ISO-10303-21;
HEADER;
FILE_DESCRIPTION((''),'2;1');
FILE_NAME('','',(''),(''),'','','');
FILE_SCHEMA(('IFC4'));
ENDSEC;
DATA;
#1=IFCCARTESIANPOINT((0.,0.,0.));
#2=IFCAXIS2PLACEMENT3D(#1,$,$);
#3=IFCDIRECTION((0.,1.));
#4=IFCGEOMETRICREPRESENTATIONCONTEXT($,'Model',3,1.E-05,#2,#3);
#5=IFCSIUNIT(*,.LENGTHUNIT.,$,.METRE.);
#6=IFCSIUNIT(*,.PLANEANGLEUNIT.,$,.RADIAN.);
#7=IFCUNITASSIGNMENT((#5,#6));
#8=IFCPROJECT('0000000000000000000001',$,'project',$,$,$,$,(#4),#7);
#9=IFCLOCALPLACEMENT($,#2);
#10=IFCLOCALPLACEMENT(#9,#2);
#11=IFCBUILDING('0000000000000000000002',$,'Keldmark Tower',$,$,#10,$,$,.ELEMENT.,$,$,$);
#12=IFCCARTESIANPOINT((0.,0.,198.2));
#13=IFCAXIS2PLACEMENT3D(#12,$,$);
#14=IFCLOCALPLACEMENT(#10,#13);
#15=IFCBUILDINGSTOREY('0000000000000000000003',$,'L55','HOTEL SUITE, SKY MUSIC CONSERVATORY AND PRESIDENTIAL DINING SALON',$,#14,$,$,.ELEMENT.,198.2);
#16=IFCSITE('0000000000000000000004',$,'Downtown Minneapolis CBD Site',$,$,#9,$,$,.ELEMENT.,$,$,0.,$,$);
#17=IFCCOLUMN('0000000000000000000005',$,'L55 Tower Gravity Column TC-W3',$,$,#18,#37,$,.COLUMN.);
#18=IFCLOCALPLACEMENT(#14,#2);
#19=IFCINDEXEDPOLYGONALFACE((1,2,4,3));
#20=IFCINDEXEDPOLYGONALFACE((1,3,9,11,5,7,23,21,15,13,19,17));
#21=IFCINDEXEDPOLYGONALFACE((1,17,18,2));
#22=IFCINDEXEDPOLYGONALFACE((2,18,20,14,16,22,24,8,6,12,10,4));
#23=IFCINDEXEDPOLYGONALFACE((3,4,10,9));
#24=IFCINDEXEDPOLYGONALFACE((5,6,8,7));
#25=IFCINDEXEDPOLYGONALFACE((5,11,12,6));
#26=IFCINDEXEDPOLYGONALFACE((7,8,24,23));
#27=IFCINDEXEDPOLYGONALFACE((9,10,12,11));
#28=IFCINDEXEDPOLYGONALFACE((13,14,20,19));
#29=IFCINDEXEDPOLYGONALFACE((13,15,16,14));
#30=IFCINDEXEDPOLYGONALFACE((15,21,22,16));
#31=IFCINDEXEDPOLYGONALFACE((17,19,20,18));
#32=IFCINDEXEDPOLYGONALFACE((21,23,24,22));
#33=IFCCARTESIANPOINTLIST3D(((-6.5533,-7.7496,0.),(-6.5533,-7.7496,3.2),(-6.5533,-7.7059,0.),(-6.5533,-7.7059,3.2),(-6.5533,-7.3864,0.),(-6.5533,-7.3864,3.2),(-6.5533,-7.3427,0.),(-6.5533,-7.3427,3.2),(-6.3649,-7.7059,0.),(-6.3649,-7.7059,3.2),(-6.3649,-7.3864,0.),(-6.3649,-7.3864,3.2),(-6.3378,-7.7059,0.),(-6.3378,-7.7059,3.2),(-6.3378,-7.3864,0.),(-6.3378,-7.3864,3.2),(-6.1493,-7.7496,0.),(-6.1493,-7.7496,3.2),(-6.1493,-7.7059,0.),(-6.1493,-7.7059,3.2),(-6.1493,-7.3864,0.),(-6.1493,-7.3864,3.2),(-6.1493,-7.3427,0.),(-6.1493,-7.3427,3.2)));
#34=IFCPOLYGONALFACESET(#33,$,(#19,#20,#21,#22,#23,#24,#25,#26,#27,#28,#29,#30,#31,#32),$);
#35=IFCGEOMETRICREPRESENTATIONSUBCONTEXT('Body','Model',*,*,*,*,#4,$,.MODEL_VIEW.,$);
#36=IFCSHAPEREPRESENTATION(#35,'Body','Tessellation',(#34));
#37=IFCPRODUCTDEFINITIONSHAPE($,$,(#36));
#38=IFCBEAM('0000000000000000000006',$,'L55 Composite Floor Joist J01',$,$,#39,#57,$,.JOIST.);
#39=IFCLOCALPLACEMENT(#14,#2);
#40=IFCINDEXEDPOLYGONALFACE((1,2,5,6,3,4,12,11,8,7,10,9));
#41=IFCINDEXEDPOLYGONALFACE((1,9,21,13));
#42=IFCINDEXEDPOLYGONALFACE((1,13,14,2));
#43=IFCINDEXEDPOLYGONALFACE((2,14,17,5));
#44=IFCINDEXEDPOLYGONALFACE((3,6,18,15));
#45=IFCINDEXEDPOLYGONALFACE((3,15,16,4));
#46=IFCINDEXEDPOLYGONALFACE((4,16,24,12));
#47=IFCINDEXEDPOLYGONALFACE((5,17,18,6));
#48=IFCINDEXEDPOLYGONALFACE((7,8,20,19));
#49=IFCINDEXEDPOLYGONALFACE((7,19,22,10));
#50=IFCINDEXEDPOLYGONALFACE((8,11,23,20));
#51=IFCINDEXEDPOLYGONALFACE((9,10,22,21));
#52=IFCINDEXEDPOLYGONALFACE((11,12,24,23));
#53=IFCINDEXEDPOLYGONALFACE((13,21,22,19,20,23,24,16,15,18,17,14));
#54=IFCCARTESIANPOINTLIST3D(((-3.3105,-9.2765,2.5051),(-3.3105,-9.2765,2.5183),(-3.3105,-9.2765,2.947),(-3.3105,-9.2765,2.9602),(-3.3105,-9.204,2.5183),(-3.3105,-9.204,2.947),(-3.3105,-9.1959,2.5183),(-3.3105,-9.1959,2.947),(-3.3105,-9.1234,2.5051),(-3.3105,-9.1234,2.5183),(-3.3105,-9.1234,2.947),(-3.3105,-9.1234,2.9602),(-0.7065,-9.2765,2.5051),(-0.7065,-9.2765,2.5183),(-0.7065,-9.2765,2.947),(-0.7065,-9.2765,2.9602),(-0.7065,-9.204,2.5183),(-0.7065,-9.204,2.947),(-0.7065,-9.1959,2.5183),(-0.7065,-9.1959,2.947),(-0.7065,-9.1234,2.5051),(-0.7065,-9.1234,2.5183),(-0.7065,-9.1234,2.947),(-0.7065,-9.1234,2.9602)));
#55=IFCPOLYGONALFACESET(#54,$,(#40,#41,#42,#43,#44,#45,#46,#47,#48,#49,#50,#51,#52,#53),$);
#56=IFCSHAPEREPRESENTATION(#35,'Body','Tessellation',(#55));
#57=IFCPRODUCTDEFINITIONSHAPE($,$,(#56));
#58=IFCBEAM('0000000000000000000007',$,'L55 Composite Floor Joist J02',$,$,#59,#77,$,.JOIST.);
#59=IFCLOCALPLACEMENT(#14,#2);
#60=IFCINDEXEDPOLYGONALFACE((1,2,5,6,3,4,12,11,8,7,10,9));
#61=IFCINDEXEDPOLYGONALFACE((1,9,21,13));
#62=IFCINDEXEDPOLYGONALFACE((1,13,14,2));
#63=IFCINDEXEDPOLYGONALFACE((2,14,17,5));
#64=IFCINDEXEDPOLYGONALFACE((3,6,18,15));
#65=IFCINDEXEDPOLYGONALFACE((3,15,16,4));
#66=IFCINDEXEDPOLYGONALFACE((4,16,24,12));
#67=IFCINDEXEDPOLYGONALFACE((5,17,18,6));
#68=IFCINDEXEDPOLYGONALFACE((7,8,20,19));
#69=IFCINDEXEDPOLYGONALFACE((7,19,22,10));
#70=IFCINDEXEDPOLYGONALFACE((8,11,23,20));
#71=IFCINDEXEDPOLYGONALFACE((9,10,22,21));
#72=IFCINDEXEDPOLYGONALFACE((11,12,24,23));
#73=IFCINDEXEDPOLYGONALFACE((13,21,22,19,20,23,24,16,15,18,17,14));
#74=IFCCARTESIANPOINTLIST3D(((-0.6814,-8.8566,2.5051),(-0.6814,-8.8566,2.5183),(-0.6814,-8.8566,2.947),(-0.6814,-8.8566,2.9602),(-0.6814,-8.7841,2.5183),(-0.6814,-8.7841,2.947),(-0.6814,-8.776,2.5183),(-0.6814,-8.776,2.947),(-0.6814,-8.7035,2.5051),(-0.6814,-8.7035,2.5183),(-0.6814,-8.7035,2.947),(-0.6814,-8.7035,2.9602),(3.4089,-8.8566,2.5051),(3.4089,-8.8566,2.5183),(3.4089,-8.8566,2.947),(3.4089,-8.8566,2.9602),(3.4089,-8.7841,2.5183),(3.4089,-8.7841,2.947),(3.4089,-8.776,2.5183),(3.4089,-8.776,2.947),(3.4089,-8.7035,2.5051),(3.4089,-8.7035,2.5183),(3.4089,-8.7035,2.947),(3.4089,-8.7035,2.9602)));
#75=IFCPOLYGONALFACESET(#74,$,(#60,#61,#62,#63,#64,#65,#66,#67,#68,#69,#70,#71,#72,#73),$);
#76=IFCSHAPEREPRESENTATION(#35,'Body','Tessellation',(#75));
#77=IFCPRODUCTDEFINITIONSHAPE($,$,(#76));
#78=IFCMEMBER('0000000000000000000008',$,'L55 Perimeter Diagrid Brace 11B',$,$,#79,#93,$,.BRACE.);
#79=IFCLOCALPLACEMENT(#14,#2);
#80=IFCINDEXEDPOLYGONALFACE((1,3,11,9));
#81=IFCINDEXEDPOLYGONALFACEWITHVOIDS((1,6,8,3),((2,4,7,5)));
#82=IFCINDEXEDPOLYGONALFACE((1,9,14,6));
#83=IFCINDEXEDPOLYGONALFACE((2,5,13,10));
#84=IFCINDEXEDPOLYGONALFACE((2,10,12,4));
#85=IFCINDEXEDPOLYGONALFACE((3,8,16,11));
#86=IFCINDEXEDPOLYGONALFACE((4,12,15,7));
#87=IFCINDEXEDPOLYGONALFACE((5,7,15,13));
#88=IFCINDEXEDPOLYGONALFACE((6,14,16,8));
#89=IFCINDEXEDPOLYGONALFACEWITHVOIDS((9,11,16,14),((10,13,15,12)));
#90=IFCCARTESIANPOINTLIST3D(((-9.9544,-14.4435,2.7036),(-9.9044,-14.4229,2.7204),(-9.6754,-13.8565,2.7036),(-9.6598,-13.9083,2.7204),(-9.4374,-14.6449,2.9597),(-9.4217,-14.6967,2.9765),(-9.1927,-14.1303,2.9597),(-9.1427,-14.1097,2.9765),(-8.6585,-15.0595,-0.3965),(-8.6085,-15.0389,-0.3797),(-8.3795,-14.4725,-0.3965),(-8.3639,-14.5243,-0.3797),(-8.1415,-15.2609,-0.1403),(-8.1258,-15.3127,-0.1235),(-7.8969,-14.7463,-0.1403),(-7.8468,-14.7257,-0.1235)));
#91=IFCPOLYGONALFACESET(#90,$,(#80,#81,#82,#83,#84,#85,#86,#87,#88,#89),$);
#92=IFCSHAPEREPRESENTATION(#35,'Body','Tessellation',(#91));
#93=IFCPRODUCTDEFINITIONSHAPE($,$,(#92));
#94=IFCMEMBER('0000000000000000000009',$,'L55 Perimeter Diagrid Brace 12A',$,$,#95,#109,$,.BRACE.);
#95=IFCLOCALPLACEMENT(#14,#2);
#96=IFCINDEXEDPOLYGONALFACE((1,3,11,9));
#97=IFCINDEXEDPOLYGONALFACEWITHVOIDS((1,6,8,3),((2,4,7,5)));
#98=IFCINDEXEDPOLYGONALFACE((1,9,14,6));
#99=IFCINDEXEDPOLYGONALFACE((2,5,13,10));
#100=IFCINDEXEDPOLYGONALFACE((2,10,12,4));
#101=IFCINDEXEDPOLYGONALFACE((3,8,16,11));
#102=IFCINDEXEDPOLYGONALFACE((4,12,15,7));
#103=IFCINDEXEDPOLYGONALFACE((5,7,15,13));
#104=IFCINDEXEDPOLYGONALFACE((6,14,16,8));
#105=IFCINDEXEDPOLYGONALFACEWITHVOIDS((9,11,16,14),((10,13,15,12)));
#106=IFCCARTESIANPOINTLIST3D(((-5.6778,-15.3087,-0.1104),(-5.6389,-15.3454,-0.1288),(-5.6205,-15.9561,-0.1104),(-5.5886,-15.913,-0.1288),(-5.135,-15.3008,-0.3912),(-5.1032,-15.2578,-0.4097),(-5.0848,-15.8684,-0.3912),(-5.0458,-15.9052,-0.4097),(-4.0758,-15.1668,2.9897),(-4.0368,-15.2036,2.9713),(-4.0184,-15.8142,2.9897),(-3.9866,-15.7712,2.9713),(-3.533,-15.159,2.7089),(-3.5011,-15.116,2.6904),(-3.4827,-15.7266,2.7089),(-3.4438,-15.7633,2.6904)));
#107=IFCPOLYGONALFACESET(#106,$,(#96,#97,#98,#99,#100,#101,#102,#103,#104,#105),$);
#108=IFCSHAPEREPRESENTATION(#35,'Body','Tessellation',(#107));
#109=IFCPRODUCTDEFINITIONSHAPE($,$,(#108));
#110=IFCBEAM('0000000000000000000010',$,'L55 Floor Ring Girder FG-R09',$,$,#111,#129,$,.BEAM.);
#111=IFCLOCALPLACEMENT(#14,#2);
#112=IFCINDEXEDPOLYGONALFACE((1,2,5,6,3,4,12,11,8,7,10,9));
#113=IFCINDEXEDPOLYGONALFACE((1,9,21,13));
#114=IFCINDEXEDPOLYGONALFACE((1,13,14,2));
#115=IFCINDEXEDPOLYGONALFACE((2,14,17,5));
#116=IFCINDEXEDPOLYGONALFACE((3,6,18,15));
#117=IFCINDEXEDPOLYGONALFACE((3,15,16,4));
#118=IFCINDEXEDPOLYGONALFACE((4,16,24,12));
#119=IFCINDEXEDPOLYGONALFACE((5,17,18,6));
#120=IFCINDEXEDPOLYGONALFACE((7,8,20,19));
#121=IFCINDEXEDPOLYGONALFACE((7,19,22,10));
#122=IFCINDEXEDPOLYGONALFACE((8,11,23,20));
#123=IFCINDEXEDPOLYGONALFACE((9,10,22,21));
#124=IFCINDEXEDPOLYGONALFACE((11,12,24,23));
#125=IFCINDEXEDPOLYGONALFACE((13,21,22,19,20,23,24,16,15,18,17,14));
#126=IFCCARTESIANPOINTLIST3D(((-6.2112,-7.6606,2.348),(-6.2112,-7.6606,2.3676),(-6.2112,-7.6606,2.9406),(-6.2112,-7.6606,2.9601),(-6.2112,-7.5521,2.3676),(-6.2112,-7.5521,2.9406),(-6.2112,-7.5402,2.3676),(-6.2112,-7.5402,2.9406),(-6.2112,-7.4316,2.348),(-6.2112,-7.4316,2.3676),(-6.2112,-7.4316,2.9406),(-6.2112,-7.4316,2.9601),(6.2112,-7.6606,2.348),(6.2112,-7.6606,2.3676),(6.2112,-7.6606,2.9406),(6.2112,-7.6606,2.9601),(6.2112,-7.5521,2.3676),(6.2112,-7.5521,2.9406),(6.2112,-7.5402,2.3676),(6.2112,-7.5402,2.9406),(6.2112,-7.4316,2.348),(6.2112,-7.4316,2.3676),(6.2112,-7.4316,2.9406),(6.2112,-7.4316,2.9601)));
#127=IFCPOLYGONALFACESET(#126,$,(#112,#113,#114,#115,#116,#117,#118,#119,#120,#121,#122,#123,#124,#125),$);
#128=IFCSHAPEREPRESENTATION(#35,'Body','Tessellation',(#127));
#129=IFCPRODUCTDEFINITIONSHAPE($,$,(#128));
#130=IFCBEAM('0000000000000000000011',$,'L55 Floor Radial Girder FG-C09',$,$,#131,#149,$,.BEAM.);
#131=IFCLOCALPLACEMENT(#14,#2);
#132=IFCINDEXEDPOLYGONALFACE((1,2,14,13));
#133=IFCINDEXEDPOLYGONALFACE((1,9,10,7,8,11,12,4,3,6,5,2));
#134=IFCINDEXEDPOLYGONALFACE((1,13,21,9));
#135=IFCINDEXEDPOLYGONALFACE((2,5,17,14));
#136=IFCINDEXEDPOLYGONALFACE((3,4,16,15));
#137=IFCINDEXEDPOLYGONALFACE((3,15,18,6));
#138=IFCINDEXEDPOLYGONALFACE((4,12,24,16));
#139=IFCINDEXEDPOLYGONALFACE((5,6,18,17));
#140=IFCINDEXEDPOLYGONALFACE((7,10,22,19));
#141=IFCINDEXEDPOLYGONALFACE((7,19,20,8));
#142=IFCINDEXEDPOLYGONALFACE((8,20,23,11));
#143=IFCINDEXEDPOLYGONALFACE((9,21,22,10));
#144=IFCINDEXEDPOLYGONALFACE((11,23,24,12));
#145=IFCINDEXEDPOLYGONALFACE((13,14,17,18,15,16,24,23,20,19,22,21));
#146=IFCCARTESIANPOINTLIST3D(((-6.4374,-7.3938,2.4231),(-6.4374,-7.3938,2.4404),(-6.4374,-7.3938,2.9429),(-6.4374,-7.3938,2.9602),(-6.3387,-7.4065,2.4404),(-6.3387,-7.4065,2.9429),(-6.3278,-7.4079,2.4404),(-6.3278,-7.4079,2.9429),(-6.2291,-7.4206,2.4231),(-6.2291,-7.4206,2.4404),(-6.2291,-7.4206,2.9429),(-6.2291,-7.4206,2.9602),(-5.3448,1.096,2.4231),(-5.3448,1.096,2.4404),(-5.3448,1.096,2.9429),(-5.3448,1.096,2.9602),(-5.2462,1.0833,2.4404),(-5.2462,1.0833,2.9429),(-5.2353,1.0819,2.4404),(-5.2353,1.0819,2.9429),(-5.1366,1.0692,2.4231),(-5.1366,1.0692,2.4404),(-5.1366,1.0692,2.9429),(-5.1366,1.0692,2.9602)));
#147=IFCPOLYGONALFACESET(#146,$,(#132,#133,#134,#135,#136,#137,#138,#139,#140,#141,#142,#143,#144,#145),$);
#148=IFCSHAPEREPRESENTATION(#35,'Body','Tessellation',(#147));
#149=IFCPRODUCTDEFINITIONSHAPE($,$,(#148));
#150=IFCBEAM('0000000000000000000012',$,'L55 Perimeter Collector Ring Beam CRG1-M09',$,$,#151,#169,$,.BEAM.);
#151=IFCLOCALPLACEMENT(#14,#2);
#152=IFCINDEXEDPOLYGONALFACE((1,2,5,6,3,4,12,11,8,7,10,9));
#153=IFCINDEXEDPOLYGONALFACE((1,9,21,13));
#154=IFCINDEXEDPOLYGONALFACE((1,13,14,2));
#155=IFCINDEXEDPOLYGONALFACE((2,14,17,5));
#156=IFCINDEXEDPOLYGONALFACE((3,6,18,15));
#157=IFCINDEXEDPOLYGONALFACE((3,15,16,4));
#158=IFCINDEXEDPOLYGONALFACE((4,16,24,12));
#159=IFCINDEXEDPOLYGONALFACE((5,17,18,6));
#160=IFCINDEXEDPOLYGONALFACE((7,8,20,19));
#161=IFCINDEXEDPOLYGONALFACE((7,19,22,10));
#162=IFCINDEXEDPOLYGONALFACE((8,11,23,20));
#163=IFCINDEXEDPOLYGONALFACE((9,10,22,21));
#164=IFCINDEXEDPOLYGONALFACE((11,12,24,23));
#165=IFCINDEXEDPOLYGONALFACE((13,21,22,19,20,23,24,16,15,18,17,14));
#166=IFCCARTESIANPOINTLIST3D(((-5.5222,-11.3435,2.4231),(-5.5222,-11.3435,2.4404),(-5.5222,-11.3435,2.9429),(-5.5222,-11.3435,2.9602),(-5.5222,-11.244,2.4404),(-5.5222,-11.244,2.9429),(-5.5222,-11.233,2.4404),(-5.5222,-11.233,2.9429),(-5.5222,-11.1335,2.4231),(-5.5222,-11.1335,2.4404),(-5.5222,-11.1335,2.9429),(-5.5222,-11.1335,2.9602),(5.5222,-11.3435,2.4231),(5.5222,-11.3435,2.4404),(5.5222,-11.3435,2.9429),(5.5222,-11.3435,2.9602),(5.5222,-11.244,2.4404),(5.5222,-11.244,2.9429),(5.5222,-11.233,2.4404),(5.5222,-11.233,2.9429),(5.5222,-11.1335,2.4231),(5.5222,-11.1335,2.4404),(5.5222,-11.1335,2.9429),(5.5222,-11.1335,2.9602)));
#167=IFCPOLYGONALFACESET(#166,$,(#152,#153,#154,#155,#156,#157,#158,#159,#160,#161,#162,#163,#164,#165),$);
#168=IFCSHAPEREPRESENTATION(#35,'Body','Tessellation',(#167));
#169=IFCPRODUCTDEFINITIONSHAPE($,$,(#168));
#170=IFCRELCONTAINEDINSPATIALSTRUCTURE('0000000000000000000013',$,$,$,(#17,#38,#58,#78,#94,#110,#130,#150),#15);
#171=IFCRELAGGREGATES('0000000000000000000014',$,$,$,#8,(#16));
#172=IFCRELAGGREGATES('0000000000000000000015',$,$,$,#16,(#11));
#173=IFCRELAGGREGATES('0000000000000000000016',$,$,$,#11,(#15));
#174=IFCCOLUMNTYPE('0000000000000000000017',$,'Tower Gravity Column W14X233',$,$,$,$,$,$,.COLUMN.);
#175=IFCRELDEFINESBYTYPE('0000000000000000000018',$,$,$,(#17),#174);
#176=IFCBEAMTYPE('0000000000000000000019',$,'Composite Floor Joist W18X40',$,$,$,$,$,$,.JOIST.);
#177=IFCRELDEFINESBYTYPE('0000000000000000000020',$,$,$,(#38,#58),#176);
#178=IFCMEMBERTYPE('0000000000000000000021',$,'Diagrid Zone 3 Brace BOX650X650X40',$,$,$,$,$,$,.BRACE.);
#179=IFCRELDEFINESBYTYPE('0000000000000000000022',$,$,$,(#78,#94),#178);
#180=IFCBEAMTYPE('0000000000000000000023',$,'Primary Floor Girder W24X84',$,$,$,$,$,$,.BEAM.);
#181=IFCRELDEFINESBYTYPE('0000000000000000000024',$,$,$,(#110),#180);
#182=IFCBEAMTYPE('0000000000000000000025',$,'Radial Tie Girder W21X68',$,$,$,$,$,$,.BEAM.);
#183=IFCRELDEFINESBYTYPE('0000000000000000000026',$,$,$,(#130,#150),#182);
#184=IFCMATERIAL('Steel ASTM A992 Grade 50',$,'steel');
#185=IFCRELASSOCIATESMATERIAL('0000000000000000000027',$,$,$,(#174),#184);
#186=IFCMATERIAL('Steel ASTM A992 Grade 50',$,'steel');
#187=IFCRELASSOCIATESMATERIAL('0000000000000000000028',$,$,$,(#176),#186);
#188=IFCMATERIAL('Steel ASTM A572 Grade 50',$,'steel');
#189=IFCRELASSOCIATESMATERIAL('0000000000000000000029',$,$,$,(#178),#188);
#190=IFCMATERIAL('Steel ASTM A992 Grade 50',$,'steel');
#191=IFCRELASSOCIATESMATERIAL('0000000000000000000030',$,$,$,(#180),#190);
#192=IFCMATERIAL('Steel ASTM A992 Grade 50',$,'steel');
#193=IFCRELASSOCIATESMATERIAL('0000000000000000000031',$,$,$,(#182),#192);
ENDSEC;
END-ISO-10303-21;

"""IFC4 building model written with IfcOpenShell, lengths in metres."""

from ifc_helpers import new_model, si_unit, direction, frame, origin, origin_2d, place, context, subcontext, project, spatial, hollow_rectangle, i_section, extrude, material, material_profile, profile_set, type_object, element, save


model = new_model("IFC4")

# Units and contexts
model_context = context("Model", 3, precision=1e-05, world=origin(), true_north=direction((0.0, 1.0)))
body_context = subcontext(model_context, "Body", "Model", "MODEL_VIEW")
ifc_project = project(units=[si_unit("LENGTHUNIT", "METRE"), si_unit("PLANEANGLEUNIT", "RADIAN")], contexts=[model_context])

# Site, building, storey
site_placement = place(None, origin())
site = spatial("IfcSite", under=ifc_project, at=site_placement, Name="Downtown Minneapolis CBD Site", CompositionType="ELEMENT", RefElevation=0.0)
building_placement = place(site_placement, origin())
building = spatial("IfcBuilding", under=site, at=building_placement, Name="Keldmark Tower", CompositionType="ELEMENT")
storey_placement = place(building_placement, frame((0.0, 0.0, 198.2)))
storey = spatial("IfcBuildingStorey", under=building, at=storey_placement, Name="L55", Description="HOTEL SUITE, SKY MUSIC CONSERVATORY AND PRESIDENTIAL DINING SALON", CompositionType="ELEMENT", Elevation=198.2)

# Column
ifc_material_1 = material(Name="Steel ASTM A992 Grade 50", Category="steel")
ifc_material_profile_1 = material_profile(ifc_material_1, i_section(OverallWidth=0.4041, OverallDepth=0.407, WebThickness=0.0271, FlangeThickness=0.0437, at=origin_2d()), Name="W14X233")
ifc_profile_set_1 = profile_set([ifc_material_profile_1], Name="Steel ASTM A992 Grade 50")
column_type = type_object("IfcColumnType", Name="Tower Gravity Column W14X233", PredefinedType="COLUMN", material=ifc_profile_set_1)
column_placement = place(storey_placement, frame((-6.3513, -7.5461, 0.0), z_axis=(0.0, 0.0, 1.0), x_axis=(1.0, 0.0, 0.0)))
element("IfcColumn", 1, at=column_placement, inside=storey, type_object=column_type, Name="L55 Tower Gravity Column TC-W3", PredefinedType="COLUMN", context=body_context, shape_type="SweptSolid", body=[
    extrude(i_section(OverallWidth=0.4041, OverallDepth=0.407, WebThickness=0.0271, FlangeThickness=0.0437, at=origin_2d()), origin(), (0.0, 0.0, 1.0), 3.2),
])

# Beams
ifc_material_2 = material(Name="Steel ASTM A992 Grade 50", Category="steel")
ifc_material_profile_2 = material_profile(ifc_material_2, i_section(OverallWidth=0.1531, OverallDepth=0.4551, WebThickness=0.0081, FlangeThickness=0.0132, at=origin_2d()), Name="W18X40")
ifc_profile_set_2 = profile_set([ifc_material_profile_2], Name="Steel ASTM A992 Grade 50")
beam_type_1 = type_object("IfcBeamType", Name="Composite Floor Joist W18X40", PredefinedType="JOIST", material=ifc_profile_set_2)
beam_1_placement = place(storey_placement, frame((-3.3105, -9.2, 2.7327), z_axis=(1.0, 0.0, 0.0), x_axis=(0.0, 1.0, 0.0)))
element("IfcBeam", 2, at=beam_1_placement, inside=storey, type_object=beam_type_1, Name="L55 Composite Floor Joist J01", PredefinedType="JOIST", context=body_context, shape_type="SweptSolid", body=[
    extrude(i_section(OverallWidth=0.1531, OverallDepth=0.4551, WebThickness=0.0081, FlangeThickness=0.0132, at=origin_2d()), origin(), (0.0, 0.0, 1.0), 2.604),
])
beam_2_placement = place(storey_placement, frame((-0.6814, -8.78, 2.7327), z_axis=(1.0, 0.0, 0.0), x_axis=(0.0, 1.0, 0.0)))
element("IfcBeam", 3, at=beam_2_placement, inside=storey, type_object=beam_type_1, Name="L55 Composite Floor Joist J02", PredefinedType="JOIST", context=body_context, shape_type="SweptSolid", body=[
    extrude(i_section(OverallWidth=0.1531, OverallDepth=0.4551, WebThickness=0.0081, FlangeThickness=0.0132, at=origin_2d()), origin(), (0.0, 0.0, 1.0), 4.0903),
])

# Members
ifc_material_3 = material(Name="Steel ASTM A572 Grade 50", Category="steel")
ifc_material_profile_3 = material_profile(ifc_material_3, hollow_rectangle(XDim=0.6499, YDim=0.6499, WallThickness=0.04, at=origin_2d()), Name="BOX650X650X40")
ifc_profile_set_3 = profile_set([ifc_material_profile_3], Name="Steel ASTM A572 Grade 50")
member_type = type_object("IfcMemberType", Name="Diagrid Zone 3 Brace BOX650X650X40", PredefinedType="BRACE", material=ifc_profile_set_3)
member_1_placement = place(storey_placement, frame((-8.2527, -14.8926, -0.26), z_axis=(-0.379356, 0.180316, 0.90751), x_axis=(-0.429293, -0.903165, 0.0)))
element("IfcMember", 4, at=member_1_placement, inside=storey, type_object=member_type, Name="L55 Perimeter Diagrid Brace 11B", PredefinedType="BRACE", context=body_context, shape_type="SweptSolid", body=[
    extrude(hollow_rectangle(XDim=0.6499, YDim=0.6499, WallThickness=0.04, at=origin_2d()), origin(), (0.0, 0.0, 1.0), 3.416),
])
member_2_placement = place(storey_placement, frame((-5.3618, -15.6069, -0.26), z_axis=(0.458717, 0.040615, 0.887654), x_axis=(-0.088195, 0.996103, 0.0)))
element("IfcMember", 5, at=member_2_placement, inside=storey, type_object=member_type, Name="L55 Perimeter Diagrid Brace 12A", PredefinedType="BRACE", context=body_context, shape_type="SweptSolid", body=[
    extrude(hollow_rectangle(XDim=0.6499, YDim=0.6499, WallThickness=0.04, at=origin_2d()), origin(), (0.0, 0.0, 1.0), 3.4924),
])

# Beams
ifc_material_4 = material(Name="Steel ASTM A992 Grade 50", Category="steel")
ifc_material_profile_4 = material_profile(ifc_material_4, i_section(OverallWidth=0.229, OverallDepth=0.6121, WebThickness=0.012, FlangeThickness=0.0195, at=origin_2d()), Name="W24X84")
ifc_profile_set_4 = profile_set([ifc_material_profile_4], Name="Steel ASTM A992 Grade 50")
beam_type_2 = type_object("IfcBeamType", Name="Primary Floor Girder W24X84", PredefinedType="BEAM", material=ifc_profile_set_4)
beam_3_placement = place(storey_placement, frame((-6.2112, -7.5461, 2.6541), z_axis=(1.0, 0.0, 0.0), x_axis=(0.0, 1.0, 0.0)))
element("IfcBeam", 6, at=beam_3_placement, inside=storey, type_object=beam_type_2, Name="L55 Floor Ring Girder FG-R09", PredefinedType="BEAM", context=body_context, shape_type="SweptSolid", body=[
    extrude(i_section(OverallWidth=0.229, OverallDepth=0.6121, WebThickness=0.012, FlangeThickness=0.0195, at=origin_2d()), origin(), (0.0, 0.0, 1.0), 12.4224),
])
ifc_material_5 = material(Name="Steel ASTM A992 Grade 50", Category="steel")
ifc_material_profile_5 = material_profile(ifc_material_5, i_section(OverallWidth=0.21, OverallDepth=0.5371, WebThickness=0.011, FlangeThickness=0.0173, at=origin_2d()), Name="W21X68")
ifc_profile_set_5 = profile_set([ifc_material_profile_5], Name="Steel ASTM A992 Grade 50")
beam_type_3 = type_object("IfcBeamType", Name="Radial Tie Girder W21X68", PredefinedType="BEAM", material=ifc_profile_set_5)
beam_4_placement = place(storey_placement, frame((-6.3333, -7.4072, 2.6917), z_axis=(0.127636, 0.991821, 0.0), x_axis=(-0.991821, 0.127636, 0.0)))
element("IfcBeam", 7, at=beam_4_placement, inside=storey, type_object=beam_type_3, Name="L55 Floor Radial Girder FG-C09", PredefinedType="BEAM", context=body_context, shape_type="SweptSolid", body=[
    extrude(i_section(OverallWidth=0.21, OverallDepth=0.5371, WebThickness=0.011, FlangeThickness=0.0173, at=origin_2d()), origin(), (0.0, 0.0, 1.0), 8.5598),
])
beam_5_placement = place(storey_placement, frame((-5.5222, -11.2385, 2.6917), z_axis=(1.0, 0.0, 0.0), x_axis=(0.0, 1.0, 0.0)))
element("IfcBeam", 8, at=beam_5_placement, inside=storey, type_object=beam_type_3, Name="L55 Perimeter Collector Ring Beam CRG1-M09", PredefinedType="BEAM", context=body_context, shape_type="SweptSolid", body=[
    extrude(i_section(OverallWidth=0.21, OverallDepth=0.5371, WebThickness=0.011, FlangeThickness=0.0173, at=origin_2d()), origin(), (0.0, 0.0, 1.0), 11.0444),
])

save(model, "model.ifc")
